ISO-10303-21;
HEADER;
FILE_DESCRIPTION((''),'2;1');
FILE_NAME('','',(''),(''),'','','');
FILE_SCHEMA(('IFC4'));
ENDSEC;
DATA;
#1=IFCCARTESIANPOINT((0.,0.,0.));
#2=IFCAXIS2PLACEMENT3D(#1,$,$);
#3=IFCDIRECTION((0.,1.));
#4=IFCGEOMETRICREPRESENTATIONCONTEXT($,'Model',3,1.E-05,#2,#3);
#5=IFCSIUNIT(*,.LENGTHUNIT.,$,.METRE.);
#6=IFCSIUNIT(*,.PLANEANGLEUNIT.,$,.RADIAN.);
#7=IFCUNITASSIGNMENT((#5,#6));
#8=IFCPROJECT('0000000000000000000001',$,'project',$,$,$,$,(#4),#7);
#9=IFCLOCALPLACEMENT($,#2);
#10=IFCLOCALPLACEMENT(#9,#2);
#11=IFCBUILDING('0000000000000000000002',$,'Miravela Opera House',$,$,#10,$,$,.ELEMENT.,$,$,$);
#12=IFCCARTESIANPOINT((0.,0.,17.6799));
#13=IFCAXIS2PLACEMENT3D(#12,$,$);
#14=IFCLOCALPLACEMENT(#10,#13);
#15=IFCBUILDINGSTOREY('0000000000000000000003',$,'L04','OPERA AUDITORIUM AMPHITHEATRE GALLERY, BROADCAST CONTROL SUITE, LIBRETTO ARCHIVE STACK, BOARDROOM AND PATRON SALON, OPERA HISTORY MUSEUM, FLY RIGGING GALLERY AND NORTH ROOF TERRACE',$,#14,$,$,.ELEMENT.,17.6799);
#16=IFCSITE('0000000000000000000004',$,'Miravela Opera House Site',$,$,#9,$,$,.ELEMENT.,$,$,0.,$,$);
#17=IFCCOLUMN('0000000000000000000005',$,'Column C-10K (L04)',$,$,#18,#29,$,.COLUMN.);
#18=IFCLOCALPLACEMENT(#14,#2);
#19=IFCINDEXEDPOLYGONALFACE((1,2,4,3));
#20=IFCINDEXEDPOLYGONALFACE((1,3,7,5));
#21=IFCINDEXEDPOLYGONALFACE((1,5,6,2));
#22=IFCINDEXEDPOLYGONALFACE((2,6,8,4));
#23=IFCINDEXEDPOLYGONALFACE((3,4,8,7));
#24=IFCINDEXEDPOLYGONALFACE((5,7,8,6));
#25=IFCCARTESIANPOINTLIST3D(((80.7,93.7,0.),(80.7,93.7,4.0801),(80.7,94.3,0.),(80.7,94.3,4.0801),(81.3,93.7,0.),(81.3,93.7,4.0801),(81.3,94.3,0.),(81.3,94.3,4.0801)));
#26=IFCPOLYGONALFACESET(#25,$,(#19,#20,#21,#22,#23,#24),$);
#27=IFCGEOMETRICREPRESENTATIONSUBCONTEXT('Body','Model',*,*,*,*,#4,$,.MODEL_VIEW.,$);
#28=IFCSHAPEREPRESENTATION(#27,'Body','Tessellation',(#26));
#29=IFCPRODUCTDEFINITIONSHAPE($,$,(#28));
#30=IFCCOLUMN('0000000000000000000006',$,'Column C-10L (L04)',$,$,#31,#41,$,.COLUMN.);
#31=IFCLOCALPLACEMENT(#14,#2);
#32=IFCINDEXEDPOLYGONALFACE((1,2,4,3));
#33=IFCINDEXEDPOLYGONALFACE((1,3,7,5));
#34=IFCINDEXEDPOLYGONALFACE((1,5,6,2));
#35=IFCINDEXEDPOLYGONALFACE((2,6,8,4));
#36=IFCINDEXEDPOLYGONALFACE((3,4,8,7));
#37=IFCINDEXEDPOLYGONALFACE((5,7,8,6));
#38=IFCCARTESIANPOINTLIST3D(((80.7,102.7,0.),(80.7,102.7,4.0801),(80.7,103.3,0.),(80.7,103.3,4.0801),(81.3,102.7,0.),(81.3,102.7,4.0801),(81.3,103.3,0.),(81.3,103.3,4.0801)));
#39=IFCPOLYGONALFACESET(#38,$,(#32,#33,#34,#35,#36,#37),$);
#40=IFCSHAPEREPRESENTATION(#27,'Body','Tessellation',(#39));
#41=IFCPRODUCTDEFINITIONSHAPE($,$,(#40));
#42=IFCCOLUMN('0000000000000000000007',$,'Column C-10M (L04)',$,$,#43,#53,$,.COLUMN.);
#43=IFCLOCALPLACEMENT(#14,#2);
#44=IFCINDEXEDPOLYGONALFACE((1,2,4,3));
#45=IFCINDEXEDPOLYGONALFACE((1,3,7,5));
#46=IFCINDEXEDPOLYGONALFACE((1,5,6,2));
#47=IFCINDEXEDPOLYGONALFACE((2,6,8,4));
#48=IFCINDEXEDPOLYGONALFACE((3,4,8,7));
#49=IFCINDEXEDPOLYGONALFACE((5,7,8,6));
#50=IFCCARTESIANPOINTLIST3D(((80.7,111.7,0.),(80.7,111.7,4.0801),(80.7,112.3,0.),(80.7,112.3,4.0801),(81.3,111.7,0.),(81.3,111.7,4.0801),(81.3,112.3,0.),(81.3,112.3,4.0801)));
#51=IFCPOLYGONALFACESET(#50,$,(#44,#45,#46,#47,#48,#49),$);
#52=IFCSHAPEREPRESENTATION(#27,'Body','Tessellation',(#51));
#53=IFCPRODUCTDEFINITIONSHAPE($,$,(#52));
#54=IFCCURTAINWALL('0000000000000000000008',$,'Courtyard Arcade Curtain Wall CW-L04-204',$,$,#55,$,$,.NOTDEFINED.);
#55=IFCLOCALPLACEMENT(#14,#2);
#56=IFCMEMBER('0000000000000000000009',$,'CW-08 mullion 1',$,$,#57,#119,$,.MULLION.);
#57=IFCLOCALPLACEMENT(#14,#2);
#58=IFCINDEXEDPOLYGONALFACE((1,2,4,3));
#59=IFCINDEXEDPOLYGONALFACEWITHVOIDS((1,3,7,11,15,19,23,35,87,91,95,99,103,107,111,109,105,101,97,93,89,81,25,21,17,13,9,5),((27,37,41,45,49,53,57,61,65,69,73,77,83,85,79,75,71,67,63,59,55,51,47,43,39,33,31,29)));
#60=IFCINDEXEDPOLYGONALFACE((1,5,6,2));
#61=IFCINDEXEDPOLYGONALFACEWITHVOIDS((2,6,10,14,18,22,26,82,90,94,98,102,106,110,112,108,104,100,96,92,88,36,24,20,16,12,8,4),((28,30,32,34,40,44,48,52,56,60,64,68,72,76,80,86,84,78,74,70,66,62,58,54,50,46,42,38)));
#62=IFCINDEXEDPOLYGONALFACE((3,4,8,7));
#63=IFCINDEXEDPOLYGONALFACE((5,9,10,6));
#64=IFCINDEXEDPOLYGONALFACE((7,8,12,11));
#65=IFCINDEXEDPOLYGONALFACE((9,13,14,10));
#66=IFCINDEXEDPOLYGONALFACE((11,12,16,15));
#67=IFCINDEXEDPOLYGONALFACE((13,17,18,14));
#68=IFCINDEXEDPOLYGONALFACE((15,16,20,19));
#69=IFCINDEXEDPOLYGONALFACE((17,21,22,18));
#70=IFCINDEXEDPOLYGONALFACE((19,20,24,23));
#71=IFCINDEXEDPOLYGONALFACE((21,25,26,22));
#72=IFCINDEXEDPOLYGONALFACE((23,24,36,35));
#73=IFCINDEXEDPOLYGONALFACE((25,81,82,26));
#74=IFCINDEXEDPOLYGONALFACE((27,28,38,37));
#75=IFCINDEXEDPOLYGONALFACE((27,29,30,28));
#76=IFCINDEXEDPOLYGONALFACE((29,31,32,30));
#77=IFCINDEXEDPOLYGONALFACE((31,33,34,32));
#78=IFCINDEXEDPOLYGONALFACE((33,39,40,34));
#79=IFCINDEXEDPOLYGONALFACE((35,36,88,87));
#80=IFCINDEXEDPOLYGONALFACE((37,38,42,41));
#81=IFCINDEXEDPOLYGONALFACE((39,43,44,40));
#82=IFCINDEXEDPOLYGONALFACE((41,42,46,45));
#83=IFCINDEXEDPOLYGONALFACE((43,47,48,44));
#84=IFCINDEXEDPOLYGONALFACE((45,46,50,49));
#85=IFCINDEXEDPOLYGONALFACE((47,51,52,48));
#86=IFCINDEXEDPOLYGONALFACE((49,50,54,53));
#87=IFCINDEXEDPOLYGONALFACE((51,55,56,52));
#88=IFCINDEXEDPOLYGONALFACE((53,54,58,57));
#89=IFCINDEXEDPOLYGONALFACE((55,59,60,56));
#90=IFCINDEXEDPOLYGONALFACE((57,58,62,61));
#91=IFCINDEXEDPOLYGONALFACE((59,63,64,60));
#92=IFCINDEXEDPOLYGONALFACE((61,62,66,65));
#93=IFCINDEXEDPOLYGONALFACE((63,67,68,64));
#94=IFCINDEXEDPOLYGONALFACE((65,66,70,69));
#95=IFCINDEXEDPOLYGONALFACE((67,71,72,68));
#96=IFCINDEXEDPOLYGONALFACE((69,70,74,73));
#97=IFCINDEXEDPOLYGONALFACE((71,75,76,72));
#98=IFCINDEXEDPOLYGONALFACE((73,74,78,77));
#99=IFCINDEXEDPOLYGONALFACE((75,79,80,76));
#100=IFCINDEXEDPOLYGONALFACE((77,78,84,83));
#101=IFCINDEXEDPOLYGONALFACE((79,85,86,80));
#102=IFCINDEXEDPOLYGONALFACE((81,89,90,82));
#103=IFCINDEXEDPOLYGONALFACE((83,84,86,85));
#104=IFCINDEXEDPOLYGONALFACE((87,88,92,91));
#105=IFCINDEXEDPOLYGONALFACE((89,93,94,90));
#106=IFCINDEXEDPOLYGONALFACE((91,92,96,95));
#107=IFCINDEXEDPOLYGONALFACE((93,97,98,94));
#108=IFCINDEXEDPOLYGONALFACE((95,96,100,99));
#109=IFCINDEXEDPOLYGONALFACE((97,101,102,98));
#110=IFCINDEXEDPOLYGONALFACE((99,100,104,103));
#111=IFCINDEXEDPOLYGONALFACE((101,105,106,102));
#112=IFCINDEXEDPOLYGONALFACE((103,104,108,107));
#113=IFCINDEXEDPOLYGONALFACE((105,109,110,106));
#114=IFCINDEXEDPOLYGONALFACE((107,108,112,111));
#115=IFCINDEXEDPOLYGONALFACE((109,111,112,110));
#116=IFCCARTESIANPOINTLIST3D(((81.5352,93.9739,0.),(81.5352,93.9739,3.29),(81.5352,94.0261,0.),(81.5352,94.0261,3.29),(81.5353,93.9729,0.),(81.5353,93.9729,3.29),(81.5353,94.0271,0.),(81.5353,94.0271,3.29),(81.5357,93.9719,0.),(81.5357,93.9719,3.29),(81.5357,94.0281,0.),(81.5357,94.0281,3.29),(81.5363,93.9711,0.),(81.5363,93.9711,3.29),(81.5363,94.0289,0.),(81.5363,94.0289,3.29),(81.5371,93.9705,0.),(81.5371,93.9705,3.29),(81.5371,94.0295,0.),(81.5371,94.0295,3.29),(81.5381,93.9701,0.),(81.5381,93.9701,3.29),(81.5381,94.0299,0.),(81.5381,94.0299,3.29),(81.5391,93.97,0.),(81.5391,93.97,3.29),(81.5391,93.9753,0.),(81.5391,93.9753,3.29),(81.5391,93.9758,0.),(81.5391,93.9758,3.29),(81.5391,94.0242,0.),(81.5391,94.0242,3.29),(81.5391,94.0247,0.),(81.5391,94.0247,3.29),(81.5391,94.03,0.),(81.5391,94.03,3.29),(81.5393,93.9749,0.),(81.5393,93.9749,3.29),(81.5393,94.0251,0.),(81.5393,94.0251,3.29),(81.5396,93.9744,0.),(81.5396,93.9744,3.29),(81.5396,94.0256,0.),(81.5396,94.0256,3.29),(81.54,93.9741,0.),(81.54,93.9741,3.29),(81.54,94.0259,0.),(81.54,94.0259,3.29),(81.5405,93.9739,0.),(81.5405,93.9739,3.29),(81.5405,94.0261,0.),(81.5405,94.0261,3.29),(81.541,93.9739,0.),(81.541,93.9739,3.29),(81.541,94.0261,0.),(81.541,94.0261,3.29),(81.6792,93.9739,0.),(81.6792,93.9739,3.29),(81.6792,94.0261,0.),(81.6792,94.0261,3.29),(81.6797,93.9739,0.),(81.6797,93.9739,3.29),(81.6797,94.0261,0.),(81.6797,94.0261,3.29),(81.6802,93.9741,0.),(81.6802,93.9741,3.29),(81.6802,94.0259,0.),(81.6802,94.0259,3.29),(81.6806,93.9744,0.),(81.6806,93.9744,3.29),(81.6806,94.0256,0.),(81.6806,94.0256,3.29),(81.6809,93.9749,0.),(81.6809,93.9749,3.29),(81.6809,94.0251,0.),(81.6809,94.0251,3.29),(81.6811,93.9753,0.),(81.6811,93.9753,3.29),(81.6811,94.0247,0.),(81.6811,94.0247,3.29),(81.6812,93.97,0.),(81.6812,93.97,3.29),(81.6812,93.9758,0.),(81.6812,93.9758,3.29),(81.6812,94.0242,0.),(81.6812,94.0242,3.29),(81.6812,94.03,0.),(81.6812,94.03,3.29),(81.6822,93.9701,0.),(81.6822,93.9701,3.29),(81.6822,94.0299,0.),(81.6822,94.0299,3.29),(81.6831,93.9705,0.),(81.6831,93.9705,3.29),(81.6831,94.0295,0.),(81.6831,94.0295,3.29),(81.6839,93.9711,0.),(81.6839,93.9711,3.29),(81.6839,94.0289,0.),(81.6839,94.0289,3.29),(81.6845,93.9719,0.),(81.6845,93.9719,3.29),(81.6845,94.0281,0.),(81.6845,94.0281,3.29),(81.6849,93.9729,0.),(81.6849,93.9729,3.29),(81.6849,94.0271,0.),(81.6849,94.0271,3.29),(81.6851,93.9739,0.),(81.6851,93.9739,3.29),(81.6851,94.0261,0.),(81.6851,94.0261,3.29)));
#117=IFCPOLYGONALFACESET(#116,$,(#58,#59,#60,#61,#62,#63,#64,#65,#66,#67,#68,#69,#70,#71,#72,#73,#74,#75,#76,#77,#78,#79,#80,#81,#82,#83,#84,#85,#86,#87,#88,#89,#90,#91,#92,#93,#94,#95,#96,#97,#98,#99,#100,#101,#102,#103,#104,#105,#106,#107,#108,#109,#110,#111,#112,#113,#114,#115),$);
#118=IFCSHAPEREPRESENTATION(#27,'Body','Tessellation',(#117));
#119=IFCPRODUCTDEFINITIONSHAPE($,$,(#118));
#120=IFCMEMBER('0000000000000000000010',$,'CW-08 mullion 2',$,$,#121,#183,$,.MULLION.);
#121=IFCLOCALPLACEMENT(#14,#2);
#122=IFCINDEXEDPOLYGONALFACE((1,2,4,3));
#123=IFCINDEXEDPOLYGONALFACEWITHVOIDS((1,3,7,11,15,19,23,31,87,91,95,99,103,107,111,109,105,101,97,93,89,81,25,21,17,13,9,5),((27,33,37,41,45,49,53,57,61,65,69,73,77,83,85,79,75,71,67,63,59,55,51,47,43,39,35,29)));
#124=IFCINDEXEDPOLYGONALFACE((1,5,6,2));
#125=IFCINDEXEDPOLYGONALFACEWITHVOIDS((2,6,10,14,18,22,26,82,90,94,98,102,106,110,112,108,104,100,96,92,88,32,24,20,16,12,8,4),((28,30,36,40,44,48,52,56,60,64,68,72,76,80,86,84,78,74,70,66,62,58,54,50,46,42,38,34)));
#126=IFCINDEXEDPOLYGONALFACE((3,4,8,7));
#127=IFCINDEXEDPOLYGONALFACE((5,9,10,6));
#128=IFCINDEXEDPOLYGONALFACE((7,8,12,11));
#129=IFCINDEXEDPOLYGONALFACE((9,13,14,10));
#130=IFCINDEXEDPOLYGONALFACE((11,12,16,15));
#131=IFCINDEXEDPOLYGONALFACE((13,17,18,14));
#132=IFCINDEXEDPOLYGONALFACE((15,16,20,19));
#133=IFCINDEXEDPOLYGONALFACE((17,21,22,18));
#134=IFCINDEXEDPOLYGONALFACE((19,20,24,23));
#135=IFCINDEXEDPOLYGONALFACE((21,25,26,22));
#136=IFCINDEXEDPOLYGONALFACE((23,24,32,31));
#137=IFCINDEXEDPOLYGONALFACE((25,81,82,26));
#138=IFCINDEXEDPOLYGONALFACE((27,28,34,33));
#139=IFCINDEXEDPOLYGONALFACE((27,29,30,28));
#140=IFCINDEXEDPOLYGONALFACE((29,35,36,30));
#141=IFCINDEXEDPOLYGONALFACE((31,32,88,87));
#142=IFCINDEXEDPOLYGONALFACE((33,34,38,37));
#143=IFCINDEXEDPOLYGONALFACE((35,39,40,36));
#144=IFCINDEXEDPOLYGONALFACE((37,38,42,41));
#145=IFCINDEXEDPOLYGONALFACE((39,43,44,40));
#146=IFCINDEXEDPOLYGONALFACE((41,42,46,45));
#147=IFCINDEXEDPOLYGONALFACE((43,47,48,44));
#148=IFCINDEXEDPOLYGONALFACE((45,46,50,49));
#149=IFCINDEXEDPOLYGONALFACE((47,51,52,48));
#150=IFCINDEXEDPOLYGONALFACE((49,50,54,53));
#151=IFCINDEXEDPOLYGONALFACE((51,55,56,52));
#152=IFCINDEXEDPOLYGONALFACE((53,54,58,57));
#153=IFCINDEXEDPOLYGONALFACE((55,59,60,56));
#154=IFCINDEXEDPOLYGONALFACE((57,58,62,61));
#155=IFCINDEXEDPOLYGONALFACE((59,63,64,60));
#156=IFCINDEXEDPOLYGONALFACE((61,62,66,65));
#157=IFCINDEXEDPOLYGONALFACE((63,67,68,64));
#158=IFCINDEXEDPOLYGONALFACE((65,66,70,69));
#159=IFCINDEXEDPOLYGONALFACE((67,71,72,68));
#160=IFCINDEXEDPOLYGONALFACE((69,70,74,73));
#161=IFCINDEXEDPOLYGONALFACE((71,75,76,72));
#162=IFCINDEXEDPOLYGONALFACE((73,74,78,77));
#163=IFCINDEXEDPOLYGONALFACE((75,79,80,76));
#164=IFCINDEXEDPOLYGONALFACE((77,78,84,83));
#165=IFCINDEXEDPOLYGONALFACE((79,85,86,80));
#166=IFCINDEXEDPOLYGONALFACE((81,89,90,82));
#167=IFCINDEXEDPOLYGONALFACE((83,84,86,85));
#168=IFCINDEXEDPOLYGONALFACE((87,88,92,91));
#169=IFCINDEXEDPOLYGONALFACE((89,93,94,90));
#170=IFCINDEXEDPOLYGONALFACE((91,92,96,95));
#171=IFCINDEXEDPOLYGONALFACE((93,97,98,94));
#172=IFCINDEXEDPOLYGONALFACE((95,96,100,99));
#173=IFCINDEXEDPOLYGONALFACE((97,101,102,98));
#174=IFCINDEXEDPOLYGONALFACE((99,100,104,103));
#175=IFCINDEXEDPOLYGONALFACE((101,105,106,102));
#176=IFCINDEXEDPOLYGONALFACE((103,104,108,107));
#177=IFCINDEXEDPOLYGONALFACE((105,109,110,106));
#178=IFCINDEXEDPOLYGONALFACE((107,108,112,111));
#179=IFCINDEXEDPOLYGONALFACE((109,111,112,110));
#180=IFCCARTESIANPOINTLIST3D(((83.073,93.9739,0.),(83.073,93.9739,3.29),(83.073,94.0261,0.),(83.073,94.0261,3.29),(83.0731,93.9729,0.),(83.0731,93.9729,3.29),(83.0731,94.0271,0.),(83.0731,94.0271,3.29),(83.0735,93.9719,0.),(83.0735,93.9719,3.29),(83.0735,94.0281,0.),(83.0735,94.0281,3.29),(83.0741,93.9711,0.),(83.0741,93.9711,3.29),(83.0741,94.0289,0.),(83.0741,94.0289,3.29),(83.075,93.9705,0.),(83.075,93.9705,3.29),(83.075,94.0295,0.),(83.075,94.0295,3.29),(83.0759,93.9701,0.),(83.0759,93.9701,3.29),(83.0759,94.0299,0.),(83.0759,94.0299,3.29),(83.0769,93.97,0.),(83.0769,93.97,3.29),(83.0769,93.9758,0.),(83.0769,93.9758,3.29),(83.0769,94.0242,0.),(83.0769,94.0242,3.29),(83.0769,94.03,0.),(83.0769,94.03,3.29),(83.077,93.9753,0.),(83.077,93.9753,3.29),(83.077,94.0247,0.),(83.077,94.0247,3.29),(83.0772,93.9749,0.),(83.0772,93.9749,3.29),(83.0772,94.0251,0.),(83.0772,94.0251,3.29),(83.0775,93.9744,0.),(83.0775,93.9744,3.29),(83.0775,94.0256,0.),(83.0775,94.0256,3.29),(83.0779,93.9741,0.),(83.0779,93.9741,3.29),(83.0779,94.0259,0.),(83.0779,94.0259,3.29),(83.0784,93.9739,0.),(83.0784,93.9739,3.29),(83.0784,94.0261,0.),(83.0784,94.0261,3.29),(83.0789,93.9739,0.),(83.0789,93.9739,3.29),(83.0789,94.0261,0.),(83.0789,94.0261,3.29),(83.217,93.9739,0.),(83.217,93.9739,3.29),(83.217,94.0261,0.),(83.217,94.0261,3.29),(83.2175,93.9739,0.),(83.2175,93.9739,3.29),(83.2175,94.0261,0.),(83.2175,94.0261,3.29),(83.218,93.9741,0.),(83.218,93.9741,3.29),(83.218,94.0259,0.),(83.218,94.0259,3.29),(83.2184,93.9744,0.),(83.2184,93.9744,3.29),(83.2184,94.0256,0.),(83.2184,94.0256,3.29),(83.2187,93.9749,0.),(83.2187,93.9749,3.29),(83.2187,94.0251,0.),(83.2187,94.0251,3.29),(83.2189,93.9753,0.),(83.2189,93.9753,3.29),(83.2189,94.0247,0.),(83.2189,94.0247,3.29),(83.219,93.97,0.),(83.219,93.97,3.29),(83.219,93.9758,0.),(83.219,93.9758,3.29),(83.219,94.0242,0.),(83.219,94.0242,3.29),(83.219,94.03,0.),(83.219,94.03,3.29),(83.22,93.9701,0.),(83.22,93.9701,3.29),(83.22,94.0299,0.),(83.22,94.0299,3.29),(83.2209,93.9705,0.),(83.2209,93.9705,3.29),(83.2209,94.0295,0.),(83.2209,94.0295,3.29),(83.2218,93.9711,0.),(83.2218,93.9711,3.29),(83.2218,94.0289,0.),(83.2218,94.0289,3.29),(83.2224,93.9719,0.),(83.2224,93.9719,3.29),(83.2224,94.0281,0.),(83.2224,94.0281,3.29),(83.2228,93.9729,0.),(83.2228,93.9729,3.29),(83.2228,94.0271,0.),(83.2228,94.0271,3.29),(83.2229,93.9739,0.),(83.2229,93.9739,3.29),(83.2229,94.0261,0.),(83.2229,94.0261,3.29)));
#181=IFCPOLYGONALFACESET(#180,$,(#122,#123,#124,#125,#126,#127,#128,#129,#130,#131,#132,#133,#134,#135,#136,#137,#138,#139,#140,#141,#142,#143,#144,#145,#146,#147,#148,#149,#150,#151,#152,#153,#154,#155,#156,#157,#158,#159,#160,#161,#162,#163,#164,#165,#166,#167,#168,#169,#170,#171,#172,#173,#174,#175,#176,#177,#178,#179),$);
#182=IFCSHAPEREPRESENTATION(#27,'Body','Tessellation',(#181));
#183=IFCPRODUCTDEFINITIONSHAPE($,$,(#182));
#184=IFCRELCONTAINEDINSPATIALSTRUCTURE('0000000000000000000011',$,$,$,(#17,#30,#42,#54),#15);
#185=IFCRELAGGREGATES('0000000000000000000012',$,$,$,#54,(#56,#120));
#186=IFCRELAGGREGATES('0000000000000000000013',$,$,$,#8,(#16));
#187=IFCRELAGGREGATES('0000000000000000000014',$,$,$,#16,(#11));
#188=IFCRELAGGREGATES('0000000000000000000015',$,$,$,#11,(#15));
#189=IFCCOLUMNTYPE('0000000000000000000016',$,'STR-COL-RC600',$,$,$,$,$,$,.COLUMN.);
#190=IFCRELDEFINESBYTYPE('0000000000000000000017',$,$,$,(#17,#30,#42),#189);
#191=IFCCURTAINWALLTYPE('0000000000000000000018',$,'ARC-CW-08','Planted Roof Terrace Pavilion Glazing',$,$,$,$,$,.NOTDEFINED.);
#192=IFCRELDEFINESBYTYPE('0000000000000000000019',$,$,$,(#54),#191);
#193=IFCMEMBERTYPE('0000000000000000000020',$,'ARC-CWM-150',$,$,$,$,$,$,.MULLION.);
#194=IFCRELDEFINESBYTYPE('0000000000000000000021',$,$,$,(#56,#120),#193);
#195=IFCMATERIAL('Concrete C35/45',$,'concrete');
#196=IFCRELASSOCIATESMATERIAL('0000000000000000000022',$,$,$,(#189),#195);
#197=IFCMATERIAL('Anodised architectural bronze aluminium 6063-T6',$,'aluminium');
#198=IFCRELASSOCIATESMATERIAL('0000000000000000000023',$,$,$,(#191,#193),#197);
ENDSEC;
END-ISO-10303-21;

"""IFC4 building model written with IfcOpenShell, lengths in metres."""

from ifc_helpers import new_model, si_unit, direction, frame, origin, origin_2d, place, context, subcontext, project, spatial, rectangle, hollow_rectangle, extrude, material, material_profile, profile_set, type_object, element, aggregate, save


model = new_model("IFC4")

# Units and contexts
model_context = context("Model", 3, precision=1e-05, world=origin(), true_north=direction((0.0, 1.0)))
body_context = subcontext(model_context, "Body", "Model", "MODEL_VIEW")
ifc_project = project(units=[si_unit("LENGTHUNIT", "METRE"), si_unit("PLANEANGLEUNIT", "RADIAN")], contexts=[model_context])

# Site, building, storey
site_placement = place(None, origin())
site = spatial("IfcSite", under=ifc_project, at=site_placement, Name="Miravela Opera House Site", CompositionType="ELEMENT", RefElevation=0.0)
building_placement = place(site_placement, origin())
building = spatial("IfcBuilding", under=site, at=building_placement, Name="Miravela Opera House", CompositionType="ELEMENT")
storey_placement = place(building_placement, frame((0.0, 0.0, 17.6799)))
storey = spatial("IfcBuildingStorey", under=building, at=storey_placement, Name="L04", Description="OPERA AUDITORIUM AMPHITHEATRE GALLERY, BROADCAST CONTROL SUITE, LIBRETTO ARCHIVE STACK, BOARDROOM AND PATRON SALON, OPERA HISTORY MUSEUM, FLY RIGGING GALLERY AND NORTH ROOF TERRACE", CompositionType="ELEMENT", Elevation=17.6799)

# Columns
ifc_material_1 = material(Name="Concrete C35/45", Category="concrete")
ifc_material_profile_1 = material_profile(ifc_material_1, rectangle(XDim=0.6001, YDim=0.6001, at=origin_2d()), Name="RC-COL-600X600")
ifc_profile_set_1 = profile_set([ifc_material_profile_1])
column_type = type_object("IfcColumnType", Name="STR-COL-RC600", PredefinedType="COLUMN", material=ifc_profile_set_1)
for number, where, z_axis, x_axis, name in (
    (1, (81.0, 94.0, 0.0), (0.0, 0.0, 1.0), (1.0, 0.0, 0.0), "Column C-10K (L04)"),
    (2, (81.0, 103.0, 0.0), (0.0, 0.0, 1.0), (1.0, 0.0, 0.0), "Column C-10L (L04)"),
    (3, (81.0, 112.0, 0.0), (0.0, 0.0, 1.0), (1.0, 0.0, 0.0), "Column C-10M (L04)"),
):
    element("IfcColumn", number, at=place(storey_placement, frame(where, z_axis=z_axis, x_axis=x_axis)), inside=storey, type_object=column_type, Name=name, PredefinedType="COLUMN", context=body_context, shape_type="SweptSolid", body=[
        extrude(rectangle(XDim=0.6001, YDim=0.6001, at=origin_2d()), origin(), (0.0, 0.0, 1.0), 4.0801),
    ])

# Curtain wall, members
ifc_material_2 = material(Name="Anodised architectural bronze aluminium 6063-T6", Category="aluminium")
curtain_wall_type = type_object("IfcCurtainWallType", Name="ARC-CW-08", Description="Planted Roof Terrace Pavilion Glazing", PredefinedType="NOTDEFINED", material=ifc_material_2)
curtain_wall_placement = place(storey_placement, origin())
curtain_wall = element("IfcCurtainWall", 4, at=curtain_wall_placement, inside=storey, type_object=curtain_wall_type, Name="Courtyard Arcade Curtain Wall CW-L04-204", PredefinedType="NOTDEFINED")
ifc_material_profile_2 = material_profile(ifc_material_2, hollow_rectangle(XDim=0.0601, YDim=0.1499, WallThickness=0.0039, InnerFilletRadius=0.002, OuterFilletRadius=0.0039, at=origin_2d()), Name="CWM-60X150")
ifc_profile_set_2 = profile_set([ifc_material_profile_2])
member_type_1 = type_object("IfcMemberType", Name="ARC-CWM-150", PredefinedType="MULLION", material=ifc_profile_set_2)
member_1_placement = place(storey_placement, frame((81.6101, 94.0, 0.0), z_axis=(0.0, 0.0, 1.0), x_axis=(0.0, 1.0, 0.0)))
member_1 = element("IfcMember", 5, at=member_1_placement, type_object=member_type_1, Name="CW-08 mullion 1", PredefinedType="MULLION", context=body_context, shape_type="SweptSolid", body=[
    extrude(hollow_rectangle(XDim=0.0601, YDim=0.1499, WallThickness=0.0039, InnerFilletRadius=0.002, OuterFilletRadius=0.0039, at=origin_2d()), origin(), (0.0, 0.0, 1.0), 3.29),
])
member_2_placement = place(storey_placement, frame((83.1479, 94.0, 0.0), z_axis=(0.0, 0.0, 1.0), x_axis=(0.0, 1.0, 0.0)))
member_2 = element("IfcMember", 6, at=member_2_placement, type_object=member_type_1, Name="CW-08 mullion 2", PredefinedType="MULLION", context=body_context, shape_type="SweptSolid", body=[
    extrude(hollow_rectangle(XDim=0.0601, YDim=0.1499, WallThickness=0.0039, InnerFilletRadius=0.002, OuterFilletRadius=0.0039, at=origin_2d()), origin(), (0.0, 0.0, 1.0), 3.29),
])

aggregate(curtain_wall, [member_1, member_2])

save(model, "model.ifc")
